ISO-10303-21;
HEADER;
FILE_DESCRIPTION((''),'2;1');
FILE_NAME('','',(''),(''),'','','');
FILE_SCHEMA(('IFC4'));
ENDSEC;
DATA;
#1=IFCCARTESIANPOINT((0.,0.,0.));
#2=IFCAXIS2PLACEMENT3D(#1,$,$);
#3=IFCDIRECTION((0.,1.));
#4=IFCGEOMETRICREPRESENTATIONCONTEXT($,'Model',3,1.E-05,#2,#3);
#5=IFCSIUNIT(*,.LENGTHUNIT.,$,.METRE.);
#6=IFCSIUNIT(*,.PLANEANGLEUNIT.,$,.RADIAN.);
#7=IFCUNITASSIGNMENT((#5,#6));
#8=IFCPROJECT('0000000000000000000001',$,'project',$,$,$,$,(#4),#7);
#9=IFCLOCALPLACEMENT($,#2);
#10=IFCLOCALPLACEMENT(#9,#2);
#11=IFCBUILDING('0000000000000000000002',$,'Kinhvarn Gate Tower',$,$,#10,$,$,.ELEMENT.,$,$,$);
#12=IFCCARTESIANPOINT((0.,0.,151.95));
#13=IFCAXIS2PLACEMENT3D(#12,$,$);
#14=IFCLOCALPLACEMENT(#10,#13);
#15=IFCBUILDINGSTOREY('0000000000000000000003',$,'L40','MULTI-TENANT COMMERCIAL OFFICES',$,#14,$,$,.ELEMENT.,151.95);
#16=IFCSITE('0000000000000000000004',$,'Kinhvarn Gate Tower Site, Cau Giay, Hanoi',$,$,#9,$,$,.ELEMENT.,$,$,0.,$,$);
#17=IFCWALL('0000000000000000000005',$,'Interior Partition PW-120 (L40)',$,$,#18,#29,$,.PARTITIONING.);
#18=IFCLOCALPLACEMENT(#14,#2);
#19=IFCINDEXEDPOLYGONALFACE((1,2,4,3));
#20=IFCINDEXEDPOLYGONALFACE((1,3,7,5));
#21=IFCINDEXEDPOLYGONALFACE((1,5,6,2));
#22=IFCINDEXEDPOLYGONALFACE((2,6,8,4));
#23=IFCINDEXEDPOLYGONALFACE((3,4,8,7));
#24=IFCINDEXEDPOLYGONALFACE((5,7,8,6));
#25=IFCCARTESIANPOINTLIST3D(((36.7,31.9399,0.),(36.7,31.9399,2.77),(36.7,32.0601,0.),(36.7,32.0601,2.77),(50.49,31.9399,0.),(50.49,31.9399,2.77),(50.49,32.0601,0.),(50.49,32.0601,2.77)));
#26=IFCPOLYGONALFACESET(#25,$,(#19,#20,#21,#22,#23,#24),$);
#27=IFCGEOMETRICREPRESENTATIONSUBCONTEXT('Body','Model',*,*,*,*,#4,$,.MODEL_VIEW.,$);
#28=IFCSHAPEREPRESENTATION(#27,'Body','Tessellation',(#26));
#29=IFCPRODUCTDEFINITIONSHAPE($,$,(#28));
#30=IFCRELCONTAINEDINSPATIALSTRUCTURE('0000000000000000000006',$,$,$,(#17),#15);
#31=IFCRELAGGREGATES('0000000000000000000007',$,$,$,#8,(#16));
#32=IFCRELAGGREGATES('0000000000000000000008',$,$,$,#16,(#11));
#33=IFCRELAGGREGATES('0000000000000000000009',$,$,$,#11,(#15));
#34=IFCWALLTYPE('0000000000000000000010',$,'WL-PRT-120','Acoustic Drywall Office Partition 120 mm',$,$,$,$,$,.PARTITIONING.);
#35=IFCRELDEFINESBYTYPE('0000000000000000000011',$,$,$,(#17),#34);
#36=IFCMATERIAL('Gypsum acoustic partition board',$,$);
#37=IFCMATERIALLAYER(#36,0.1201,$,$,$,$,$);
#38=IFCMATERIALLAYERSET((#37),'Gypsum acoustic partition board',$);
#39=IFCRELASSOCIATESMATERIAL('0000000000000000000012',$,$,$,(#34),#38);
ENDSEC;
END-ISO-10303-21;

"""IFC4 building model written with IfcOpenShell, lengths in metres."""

from ifc_helpers import new_model, si_unit, direction, frame, frame_2d, origin, place, context, subcontext, project, spatial, rectangle, extrude, material, layer, layer_set, type_object, element, save


model = new_model("IFC4")

# Units and contexts
model_context = context("Model", 3, precision=1e-05, world=origin(), true_north=direction((0.0, 1.0)))
body_context = subcontext(model_context, "Body", "Model", "MODEL_VIEW")
ifc_project = project(units=[si_unit("LENGTHUNIT", "METRE"), si_unit("PLANEANGLEUNIT", "RADIAN")], contexts=[model_context])

# Site, building, storey
site_placement = place(None, origin())
site = spatial("IfcSite", under=ifc_project, at=site_placement, Name="Kinhvarn Gate Tower Site, Cau Giay, Hanoi", CompositionType="ELEMENT", RefElevation=0.0)
building_placement = place(site_placement, origin())
building = spatial("IfcBuilding", under=site, at=building_placement, Name="Kinhvarn Gate Tower", CompositionType="ELEMENT")
storey_placement = place(building_placement, frame((0.0, 0.0, 151.95)))
storey = spatial("IfcBuildingStorey", under=building, at=storey_placement, Name="L40", Description="MULTI-TENANT COMMERCIAL OFFICES", CompositionType="ELEMENT", Elevation=151.95)

# Wall
ifc_material_1 = material(Name="Gypsum acoustic partition board")
ifc_layer_1 = layer(ifc_material_1, 0.1201)
ifc_layer_set_1 = layer_set([ifc_layer_1], Name="Gypsum acoustic partition board")
wall_type = type_object("IfcWallType", Name="WL-PRT-120", Description="Acoustic Drywall Office Partition 120 mm", PredefinedType="PARTITIONING", material=ifc_layer_set_1)
wall_placement = place(storey_placement, frame((36.7, 32.0, 0.0), z_axis=(0.0, 0.0, 1.0), x_axis=(1.0, 0.0, 0.0)))
element("IfcWall", 1, at=wall_placement, inside=storey, type_object=wall_type, Name="Interior Partition PW-120 (L40)", PredefinedType="PARTITIONING", context=body_context, shape_type="SweptSolid", body=[
    extrude(rectangle(XDim=13.79, YDim=0.1201, at=frame_2d((6.895, 0.0))), origin(), (0.0, 0.0, 1.0), 2.77),
])

save(model, "model.ifc")
